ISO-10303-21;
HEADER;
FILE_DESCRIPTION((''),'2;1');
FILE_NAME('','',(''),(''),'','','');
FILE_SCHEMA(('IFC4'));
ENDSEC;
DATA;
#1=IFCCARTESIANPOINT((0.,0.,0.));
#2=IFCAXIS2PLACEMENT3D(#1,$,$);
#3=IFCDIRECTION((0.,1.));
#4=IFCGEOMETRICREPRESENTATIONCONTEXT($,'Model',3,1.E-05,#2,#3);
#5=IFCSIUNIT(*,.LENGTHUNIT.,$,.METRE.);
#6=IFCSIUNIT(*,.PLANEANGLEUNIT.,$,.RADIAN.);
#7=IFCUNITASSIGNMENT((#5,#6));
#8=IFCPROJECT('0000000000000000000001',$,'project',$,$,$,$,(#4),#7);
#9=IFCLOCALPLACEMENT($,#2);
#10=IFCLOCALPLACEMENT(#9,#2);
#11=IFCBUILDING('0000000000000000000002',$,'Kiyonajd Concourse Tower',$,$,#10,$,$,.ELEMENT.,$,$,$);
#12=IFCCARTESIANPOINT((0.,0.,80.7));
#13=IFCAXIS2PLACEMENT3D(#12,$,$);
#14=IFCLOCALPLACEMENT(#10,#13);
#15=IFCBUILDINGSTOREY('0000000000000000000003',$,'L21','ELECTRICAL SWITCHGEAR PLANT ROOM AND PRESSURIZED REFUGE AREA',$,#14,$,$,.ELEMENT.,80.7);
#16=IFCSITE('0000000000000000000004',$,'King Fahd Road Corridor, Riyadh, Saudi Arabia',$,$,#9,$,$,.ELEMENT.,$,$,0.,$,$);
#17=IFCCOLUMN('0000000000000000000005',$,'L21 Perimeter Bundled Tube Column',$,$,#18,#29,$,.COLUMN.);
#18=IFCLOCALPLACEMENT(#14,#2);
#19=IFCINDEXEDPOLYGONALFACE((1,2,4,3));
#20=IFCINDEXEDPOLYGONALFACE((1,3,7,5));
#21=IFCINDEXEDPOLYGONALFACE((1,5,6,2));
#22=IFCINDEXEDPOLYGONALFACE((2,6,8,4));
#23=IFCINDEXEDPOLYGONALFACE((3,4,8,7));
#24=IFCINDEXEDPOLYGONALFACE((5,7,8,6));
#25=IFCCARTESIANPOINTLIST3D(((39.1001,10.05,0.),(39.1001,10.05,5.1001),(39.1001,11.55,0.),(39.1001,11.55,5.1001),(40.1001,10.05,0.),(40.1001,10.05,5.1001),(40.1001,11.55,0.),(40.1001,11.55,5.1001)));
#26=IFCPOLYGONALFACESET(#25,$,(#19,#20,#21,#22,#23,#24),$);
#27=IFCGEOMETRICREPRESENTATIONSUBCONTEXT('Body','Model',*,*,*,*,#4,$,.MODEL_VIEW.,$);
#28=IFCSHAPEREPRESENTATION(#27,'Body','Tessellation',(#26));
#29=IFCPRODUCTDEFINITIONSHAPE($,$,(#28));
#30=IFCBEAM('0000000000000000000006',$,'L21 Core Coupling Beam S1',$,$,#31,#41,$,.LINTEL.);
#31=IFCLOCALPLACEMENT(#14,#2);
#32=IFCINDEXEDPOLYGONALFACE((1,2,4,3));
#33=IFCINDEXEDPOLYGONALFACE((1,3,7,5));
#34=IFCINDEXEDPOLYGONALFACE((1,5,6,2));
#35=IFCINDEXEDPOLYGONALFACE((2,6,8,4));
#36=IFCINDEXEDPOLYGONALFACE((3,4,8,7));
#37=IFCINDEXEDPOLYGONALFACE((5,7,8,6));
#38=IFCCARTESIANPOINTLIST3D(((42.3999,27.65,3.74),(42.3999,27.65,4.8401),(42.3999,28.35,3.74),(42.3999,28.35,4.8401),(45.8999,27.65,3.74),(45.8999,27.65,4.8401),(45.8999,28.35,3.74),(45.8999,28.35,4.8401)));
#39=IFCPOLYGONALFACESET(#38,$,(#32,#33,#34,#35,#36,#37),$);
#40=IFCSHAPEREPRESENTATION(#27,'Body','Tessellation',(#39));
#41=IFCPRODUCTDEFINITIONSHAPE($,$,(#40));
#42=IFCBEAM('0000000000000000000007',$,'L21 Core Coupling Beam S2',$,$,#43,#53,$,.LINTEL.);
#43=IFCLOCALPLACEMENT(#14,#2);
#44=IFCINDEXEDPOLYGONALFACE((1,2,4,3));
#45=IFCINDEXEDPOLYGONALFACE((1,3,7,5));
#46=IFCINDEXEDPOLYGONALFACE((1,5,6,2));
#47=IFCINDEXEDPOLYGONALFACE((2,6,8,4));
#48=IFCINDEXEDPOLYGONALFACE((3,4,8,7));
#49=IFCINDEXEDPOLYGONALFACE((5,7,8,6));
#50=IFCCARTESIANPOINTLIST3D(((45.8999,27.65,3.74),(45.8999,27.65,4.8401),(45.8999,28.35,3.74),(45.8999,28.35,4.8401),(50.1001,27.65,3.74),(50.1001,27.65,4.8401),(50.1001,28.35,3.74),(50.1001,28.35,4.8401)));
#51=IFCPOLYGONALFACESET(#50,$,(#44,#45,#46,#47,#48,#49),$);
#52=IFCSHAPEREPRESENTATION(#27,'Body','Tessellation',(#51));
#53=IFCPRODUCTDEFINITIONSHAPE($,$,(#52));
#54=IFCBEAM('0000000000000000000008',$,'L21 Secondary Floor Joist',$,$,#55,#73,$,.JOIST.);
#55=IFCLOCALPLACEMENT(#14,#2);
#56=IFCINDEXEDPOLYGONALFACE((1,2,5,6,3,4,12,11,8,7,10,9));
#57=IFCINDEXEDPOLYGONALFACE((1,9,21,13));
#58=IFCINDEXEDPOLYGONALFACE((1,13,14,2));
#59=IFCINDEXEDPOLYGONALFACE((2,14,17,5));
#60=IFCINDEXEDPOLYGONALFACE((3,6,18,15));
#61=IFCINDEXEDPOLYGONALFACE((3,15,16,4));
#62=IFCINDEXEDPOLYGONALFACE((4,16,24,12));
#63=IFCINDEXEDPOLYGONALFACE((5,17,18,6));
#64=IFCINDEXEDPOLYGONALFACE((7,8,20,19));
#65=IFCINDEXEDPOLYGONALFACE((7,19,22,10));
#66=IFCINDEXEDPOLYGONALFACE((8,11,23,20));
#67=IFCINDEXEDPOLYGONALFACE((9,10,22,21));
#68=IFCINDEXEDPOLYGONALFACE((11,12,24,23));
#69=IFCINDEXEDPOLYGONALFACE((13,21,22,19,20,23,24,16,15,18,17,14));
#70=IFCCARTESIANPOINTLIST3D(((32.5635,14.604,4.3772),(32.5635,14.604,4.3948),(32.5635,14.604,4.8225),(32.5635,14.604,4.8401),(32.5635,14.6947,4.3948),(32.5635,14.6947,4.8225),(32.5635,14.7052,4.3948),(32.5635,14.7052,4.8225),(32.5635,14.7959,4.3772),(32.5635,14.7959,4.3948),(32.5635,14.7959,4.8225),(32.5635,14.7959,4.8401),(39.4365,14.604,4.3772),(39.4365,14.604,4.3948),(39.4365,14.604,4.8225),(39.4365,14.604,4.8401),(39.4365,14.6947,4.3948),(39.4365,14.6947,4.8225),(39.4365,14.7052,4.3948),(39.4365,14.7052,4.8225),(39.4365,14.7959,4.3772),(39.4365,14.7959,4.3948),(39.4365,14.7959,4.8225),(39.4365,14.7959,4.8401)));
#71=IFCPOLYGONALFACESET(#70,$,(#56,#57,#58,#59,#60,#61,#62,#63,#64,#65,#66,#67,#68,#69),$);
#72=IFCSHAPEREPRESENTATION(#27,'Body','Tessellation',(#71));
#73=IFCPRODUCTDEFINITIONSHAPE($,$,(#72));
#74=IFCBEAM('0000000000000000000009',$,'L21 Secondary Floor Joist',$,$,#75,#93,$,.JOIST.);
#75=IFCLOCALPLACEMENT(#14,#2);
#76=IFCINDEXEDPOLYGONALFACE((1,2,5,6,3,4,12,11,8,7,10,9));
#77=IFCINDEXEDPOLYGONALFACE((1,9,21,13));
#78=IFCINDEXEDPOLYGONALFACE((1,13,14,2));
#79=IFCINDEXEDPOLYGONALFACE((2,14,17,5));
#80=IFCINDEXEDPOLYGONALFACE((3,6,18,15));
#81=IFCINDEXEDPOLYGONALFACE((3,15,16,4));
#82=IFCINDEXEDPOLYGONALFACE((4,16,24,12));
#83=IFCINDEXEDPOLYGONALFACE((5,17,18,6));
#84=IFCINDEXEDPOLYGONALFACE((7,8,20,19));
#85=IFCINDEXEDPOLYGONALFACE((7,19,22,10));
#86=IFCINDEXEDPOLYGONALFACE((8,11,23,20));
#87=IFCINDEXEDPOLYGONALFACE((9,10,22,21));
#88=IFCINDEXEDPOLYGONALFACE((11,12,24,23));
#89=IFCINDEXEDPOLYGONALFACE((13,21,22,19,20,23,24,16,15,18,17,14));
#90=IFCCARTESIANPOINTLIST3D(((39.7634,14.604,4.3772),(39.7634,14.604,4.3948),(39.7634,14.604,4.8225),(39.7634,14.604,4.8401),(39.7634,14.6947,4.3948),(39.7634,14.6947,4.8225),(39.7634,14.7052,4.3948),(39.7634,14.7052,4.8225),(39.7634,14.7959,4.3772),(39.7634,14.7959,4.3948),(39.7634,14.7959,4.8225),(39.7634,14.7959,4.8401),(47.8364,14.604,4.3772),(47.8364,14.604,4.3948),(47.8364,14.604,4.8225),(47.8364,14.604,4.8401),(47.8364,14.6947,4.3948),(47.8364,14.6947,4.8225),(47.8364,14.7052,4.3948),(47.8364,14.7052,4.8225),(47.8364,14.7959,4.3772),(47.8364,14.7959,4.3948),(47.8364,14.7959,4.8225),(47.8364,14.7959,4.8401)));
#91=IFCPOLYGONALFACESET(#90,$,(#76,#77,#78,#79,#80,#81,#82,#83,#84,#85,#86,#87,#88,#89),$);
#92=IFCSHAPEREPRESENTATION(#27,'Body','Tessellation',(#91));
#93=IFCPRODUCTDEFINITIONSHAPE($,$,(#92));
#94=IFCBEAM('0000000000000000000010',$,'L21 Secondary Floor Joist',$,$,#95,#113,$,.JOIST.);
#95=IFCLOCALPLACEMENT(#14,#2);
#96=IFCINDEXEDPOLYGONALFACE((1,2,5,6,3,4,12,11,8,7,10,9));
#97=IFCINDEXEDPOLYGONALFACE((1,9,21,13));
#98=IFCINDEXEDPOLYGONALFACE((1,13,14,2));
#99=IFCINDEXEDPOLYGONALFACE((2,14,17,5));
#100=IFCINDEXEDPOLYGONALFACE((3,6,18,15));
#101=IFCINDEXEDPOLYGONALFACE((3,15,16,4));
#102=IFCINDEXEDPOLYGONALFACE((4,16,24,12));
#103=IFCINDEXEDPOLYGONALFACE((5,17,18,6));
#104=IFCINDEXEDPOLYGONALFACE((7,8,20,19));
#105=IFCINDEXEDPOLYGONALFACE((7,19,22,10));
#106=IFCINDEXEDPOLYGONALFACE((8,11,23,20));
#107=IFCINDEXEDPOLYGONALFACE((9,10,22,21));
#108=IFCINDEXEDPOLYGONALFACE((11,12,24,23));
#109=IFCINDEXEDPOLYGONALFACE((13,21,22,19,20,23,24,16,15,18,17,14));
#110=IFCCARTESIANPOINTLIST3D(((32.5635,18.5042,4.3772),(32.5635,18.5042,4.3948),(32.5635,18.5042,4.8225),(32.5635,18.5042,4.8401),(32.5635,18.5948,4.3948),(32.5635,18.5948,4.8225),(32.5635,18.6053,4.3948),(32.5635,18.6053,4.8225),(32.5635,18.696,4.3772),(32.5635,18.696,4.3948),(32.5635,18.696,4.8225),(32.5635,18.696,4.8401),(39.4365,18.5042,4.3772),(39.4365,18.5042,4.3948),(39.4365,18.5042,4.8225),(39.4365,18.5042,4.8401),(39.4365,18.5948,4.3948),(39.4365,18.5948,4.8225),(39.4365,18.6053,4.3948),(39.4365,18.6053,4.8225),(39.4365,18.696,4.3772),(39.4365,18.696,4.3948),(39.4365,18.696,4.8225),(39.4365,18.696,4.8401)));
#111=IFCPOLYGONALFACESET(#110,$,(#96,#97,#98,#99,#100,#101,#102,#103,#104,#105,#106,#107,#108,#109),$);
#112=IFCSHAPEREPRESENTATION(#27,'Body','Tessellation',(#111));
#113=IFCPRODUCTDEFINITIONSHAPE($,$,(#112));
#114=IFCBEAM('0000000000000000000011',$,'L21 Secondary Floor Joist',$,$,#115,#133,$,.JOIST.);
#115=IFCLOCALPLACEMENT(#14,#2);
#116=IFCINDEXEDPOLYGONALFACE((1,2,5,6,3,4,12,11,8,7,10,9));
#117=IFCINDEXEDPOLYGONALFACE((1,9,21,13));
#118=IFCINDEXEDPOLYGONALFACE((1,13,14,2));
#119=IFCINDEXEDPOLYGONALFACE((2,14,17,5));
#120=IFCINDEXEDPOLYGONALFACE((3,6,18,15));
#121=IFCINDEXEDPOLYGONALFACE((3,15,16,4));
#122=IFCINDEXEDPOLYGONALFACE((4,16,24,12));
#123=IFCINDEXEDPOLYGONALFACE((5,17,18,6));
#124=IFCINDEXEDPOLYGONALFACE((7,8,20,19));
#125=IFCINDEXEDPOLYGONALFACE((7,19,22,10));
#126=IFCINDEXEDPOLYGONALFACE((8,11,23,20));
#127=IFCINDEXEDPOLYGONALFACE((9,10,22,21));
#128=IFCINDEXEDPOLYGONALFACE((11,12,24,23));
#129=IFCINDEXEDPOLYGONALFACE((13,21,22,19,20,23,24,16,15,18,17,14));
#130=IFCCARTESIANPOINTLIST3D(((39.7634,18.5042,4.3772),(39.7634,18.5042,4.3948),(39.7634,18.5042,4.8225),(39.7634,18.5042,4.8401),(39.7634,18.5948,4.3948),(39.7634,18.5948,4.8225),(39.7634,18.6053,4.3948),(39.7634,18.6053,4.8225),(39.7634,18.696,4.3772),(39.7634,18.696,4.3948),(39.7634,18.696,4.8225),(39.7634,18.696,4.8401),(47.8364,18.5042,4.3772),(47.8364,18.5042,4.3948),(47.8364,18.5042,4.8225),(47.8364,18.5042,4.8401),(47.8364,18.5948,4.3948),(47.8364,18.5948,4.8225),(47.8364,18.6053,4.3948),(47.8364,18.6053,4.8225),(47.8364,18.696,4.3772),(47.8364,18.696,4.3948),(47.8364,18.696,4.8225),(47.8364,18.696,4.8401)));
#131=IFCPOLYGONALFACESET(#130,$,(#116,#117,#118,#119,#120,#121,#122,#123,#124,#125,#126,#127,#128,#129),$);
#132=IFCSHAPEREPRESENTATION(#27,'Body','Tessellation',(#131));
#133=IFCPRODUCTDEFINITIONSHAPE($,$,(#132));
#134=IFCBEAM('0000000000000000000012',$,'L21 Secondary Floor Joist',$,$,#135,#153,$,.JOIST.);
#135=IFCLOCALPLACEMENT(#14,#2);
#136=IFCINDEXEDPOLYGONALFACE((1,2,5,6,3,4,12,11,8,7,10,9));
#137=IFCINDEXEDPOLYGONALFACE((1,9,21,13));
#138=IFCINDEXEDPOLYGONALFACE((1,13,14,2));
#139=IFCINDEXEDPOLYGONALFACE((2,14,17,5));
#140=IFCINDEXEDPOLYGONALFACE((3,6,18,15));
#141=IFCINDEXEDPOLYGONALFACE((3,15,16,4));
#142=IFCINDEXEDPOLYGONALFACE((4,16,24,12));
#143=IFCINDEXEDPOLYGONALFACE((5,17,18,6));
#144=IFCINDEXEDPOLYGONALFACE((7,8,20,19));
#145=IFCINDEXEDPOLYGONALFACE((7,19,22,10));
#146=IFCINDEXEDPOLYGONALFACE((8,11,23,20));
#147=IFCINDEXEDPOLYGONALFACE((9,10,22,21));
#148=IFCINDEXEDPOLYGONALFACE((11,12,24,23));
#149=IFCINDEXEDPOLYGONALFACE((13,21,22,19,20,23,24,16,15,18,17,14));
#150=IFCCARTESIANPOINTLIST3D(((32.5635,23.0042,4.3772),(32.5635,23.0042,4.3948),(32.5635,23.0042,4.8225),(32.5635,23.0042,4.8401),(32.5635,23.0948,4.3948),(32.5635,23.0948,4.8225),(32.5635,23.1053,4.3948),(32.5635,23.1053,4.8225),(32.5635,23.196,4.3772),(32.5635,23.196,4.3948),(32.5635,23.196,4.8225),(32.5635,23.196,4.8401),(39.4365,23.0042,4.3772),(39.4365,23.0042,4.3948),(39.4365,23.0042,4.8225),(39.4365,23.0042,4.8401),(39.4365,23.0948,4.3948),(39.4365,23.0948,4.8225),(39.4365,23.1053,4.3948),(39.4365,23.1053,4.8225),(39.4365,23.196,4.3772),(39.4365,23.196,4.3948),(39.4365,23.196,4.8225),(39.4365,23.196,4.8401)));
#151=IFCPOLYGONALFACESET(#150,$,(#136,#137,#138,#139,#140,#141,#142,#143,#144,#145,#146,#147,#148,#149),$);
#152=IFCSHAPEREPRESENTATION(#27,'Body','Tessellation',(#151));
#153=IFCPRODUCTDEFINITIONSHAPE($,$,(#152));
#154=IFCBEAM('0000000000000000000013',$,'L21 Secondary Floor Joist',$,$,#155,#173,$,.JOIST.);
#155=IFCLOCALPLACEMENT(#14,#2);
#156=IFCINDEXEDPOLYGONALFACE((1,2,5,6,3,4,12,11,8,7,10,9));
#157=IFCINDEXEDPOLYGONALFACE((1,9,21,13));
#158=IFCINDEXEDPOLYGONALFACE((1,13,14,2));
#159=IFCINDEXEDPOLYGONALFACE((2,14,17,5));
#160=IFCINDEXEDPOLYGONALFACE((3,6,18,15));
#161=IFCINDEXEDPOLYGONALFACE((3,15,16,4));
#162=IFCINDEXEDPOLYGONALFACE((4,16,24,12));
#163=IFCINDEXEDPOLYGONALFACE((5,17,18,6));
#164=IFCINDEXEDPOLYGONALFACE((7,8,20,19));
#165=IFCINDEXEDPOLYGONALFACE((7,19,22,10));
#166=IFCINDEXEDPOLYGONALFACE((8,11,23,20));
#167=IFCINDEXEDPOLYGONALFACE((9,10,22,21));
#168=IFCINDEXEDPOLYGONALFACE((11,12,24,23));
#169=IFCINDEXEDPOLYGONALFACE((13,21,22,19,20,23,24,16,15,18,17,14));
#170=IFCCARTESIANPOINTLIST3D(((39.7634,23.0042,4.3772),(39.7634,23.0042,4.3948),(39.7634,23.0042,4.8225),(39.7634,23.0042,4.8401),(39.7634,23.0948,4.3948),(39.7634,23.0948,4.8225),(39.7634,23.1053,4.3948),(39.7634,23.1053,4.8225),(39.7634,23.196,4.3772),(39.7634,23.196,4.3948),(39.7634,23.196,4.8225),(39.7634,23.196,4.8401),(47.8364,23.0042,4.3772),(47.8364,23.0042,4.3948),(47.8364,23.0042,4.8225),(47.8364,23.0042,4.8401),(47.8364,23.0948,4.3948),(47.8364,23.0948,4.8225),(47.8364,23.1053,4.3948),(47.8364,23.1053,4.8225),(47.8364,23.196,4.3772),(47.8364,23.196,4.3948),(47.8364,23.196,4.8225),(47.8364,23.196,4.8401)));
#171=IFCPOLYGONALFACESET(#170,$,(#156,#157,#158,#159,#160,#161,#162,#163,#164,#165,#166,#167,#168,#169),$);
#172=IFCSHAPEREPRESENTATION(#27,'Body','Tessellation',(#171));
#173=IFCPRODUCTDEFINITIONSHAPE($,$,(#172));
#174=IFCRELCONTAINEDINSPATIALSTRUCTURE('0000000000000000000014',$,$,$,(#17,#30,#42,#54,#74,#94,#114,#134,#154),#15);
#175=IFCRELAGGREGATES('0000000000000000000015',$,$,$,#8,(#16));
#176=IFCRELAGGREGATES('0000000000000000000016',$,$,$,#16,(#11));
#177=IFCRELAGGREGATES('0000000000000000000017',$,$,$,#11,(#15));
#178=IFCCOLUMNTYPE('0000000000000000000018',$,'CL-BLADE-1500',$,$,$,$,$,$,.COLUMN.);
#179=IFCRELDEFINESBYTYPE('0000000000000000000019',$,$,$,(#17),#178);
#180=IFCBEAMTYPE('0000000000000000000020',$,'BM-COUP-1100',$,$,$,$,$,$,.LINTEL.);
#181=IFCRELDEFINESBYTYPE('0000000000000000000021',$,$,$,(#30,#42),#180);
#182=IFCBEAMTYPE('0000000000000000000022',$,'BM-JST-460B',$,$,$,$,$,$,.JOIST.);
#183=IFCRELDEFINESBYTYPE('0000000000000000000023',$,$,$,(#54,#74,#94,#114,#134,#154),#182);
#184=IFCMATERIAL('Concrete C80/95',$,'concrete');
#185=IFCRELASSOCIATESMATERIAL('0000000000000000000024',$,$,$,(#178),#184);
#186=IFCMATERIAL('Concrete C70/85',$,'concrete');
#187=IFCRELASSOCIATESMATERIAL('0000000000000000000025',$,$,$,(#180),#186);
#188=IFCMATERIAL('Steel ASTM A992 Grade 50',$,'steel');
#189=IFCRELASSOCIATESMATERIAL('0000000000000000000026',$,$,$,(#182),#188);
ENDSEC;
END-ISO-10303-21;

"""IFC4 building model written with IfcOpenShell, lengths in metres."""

from ifc_helpers import new_model, si_unit, direction, frame, origin, origin_2d, place, context, subcontext, project, spatial, rectangle, i_section, extrude, material, material_profile, profile_set, type_object, element, save


model = new_model("IFC4")

# Units and contexts
model_context = context("Model", 3, precision=1e-05, world=origin(), true_north=direction((0.0, 1.0)))
body_context = subcontext(model_context, "Body", "Model", "MODEL_VIEW")
ifc_project = project(units=[si_unit("LENGTHUNIT", "METRE"), si_unit("PLANEANGLEUNIT", "RADIAN")], contexts=[model_context])

# Site, building, storey
site_placement = place(None, origin())
site = spatial("IfcSite", under=ifc_project, at=site_placement, Name="King Fahd Road Corridor, Riyadh, Saudi Arabia", CompositionType="ELEMENT", RefElevation=0.0)
building_placement = place(site_placement, origin())
building = spatial("IfcBuilding", under=site, at=building_placement, Name="Kiyonajd Concourse Tower", CompositionType="ELEMENT")
storey_placement = place(building_placement, frame((0.0, 0.0, 80.7)))
storey = spatial("IfcBuildingStorey", under=building, at=storey_placement, Name="L21", Description="ELECTRICAL SWITCHGEAR PLANT ROOM AND PRESSURIZED REFUGE AREA", CompositionType="ELEMENT", Elevation=80.7)

# Column
ifc_material_1 = material(Name="Concrete C80/95", Category="concrete")
ifc_material_profile_1 = material_profile(ifc_material_1, rectangle(XDim=1.0, YDim=1.5, at=origin_2d()), Name="RC-1500x1000")
ifc_profile_set_1 = profile_set([ifc_material_profile_1], Name="Concrete C80/95")
column_type = type_object("IfcColumnType", Name="CL-BLADE-1500", PredefinedType="COLUMN", material=ifc_profile_set_1)
column_placement = place(storey_placement, frame((39.6001, 10.8, 0.0), z_axis=(0.0, 0.0, 1.0), x_axis=(1.0, 0.0, 0.0)))
element("IfcColumn", 1, at=column_placement, inside=storey, type_object=column_type, Name="L21 Perimeter Bundled Tube Column", PredefinedType="COLUMN", context=body_context, shape_type="SweptSolid", body=[
    extrude(rectangle(XDim=1.0, YDim=1.5, at=origin_2d()), origin(), (0.0, 0.0, 1.0), 5.1001),
])

# Beams
ifc_material_2 = material(Name="Concrete C70/85", Category="concrete")
ifc_material_profile_2 = material_profile(ifc_material_2, rectangle(XDim=0.7, YDim=1.1001, at=origin_2d()), Name="RCBM-700x1100")
ifc_profile_set_2 = profile_set([ifc_material_profile_2], Name="Concrete C70/85")
beam_type_1 = type_object("IfcBeamType", Name="BM-COUP-1100", PredefinedType="LINTEL", material=ifc_profile_set_2)
beam_1_placement = place(storey_placement, frame((42.3999, 28.0, 4.29), z_axis=(1.0, 0.0, 0.0), x_axis=(0.0, 1.0, 0.0)))
element("IfcBeam", 2, at=beam_1_placement, inside=storey, type_object=beam_type_1, Name="L21 Core Coupling Beam S1", PredefinedType="LINTEL", context=body_context, shape_type="SweptSolid", body=[
    extrude(rectangle(XDim=0.7, YDim=1.1001, at=origin_2d()), origin(), (0.0, 0.0, 1.0), 3.5),
])
beam_2_placement = place(storey_placement, frame((45.8999, 28.0, 4.29), z_axis=(1.0, 0.0, 0.0), x_axis=(0.0, 1.0, 0.0)))
element("IfcBeam", 3, at=beam_2_placement, inside=storey, type_object=beam_type_1, Name="L21 Core Coupling Beam S2", PredefinedType="LINTEL", context=body_context, shape_type="SweptSolid", body=[
    extrude(rectangle(XDim=0.7, YDim=1.1001, at=origin_2d()), origin(), (0.0, 0.0, 1.0), 4.2002),
])
ifc_material_3 = material(Name="Steel ASTM A992 Grade 50", Category="steel")
ifc_material_profile_3 = material_profile(ifc_material_3, i_section(OverallWidth=0.1919, OverallDepth=0.4629, WebThickness=0.0105, FlangeThickness=0.0176, at=origin_2d()), Name="W460X89")
ifc_profile_set_3 = profile_set([ifc_material_profile_3], Name="Steel ASTM A992 Grade 50")
beam_type_2 = type_object("IfcBeamType", Name="BM-JST-460B", PredefinedType="JOIST", material=ifc_profile_set_3)
beam_3_placement = place(storey_placement, frame((32.5635, 14.7, 4.6086), z_axis=(1.0, 0.0, 0.0), x_axis=(0.0, 1.0, 0.0)))
element("IfcBeam", 4, at=beam_3_placement, inside=storey, type_object=beam_type_2, Name="L21 Secondary Floor Joist", PredefinedType="JOIST", context=body_context, shape_type="SweptSolid", body=[
    extrude(i_section(OverallWidth=0.1919, OverallDepth=0.4629, WebThickness=0.0105, FlangeThickness=0.0176, at=origin_2d()), origin(), (0.0, 0.0, 1.0), 6.873),
])
beam_4_placement = place(storey_placement, frame((39.7634, 14.7, 4.6086), z_axis=(1.0, 0.0, 0.0), x_axis=(0.0, 1.0, 0.0)))
element("IfcBeam", 5, at=beam_4_placement, inside=storey, type_object=beam_type_2, Name="L21 Secondary Floor Joist", PredefinedType="JOIST", context=body_context, shape_type="SweptSolid", body=[
    extrude(i_section(OverallWidth=0.1919, OverallDepth=0.4629, WebThickness=0.0105, FlangeThickness=0.0176, at=origin_2d()), origin(), (0.0, 0.0, 1.0), 8.073),
])
beam_5_placement = place(storey_placement, frame((32.5635, 18.6001, 4.6086), z_axis=(1.0, 0.0, 0.0), x_axis=(0.0, 1.0, 0.0)))
element("IfcBeam", 6, at=beam_5_placement, inside=storey, type_object=beam_type_2, Name="L21 Secondary Floor Joist", PredefinedType="JOIST", context=body_context, shape_type="SweptSolid", body=[
    extrude(i_section(OverallWidth=0.1919, OverallDepth=0.4629, WebThickness=0.0105, FlangeThickness=0.0176, at=origin_2d()), origin(), (0.0, 0.0, 1.0), 6.873),
])
beam_6_placement = place(storey_placement, frame((39.7634, 18.6001, 4.6086), z_axis=(1.0, 0.0, 0.0), x_axis=(0.0, 1.0, 0.0)))
element("IfcBeam", 7, at=beam_6_placement, inside=storey, type_object=beam_type_2, Name="L21 Secondary Floor Joist", PredefinedType="JOIST", context=body_context, shape_type="SweptSolid", body=[
    extrude(i_section(OverallWidth=0.1919, OverallDepth=0.4629, WebThickness=0.0105, FlangeThickness=0.0176, at=origin_2d()), origin(), (0.0, 0.0, 1.0), 8.073),
])
beam_7_placement = place(storey_placement, frame((32.5635, 23.1001, 4.6086), z_axis=(1.0, 0.0, 0.0), x_axis=(0.0, 1.0, 0.0)))
element("IfcBeam", 8, at=beam_7_placement, inside=storey, type_object=beam_type_2, Name="L21 Secondary Floor Joist", PredefinedType="JOIST", context=body_context, shape_type="SweptSolid", body=[
    extrude(i_section(OverallWidth=0.1919, OverallDepth=0.4629, WebThickness=0.0105, FlangeThickness=0.0176, at=origin_2d()), origin(), (0.0, 0.0, 1.0), 6.873),
])
beam_8_placement = place(storey_placement, frame((39.7634, 23.1001, 4.6086), z_axis=(1.0, 0.0, 0.0), x_axis=(0.0, 1.0, 0.0)))
element("IfcBeam", 9, at=beam_8_placement, inside=storey, type_object=beam_type_2, Name="L21 Secondary Floor Joist", PredefinedType="JOIST", context=body_context, shape_type="SweptSolid", body=[
    extrude(i_section(OverallWidth=0.1919, OverallDepth=0.4629, WebThickness=0.0105, FlangeThickness=0.0176, at=origin_2d()), origin(), (0.0, 0.0, 1.0), 8.073),
])

save(model, "model.ifc")
